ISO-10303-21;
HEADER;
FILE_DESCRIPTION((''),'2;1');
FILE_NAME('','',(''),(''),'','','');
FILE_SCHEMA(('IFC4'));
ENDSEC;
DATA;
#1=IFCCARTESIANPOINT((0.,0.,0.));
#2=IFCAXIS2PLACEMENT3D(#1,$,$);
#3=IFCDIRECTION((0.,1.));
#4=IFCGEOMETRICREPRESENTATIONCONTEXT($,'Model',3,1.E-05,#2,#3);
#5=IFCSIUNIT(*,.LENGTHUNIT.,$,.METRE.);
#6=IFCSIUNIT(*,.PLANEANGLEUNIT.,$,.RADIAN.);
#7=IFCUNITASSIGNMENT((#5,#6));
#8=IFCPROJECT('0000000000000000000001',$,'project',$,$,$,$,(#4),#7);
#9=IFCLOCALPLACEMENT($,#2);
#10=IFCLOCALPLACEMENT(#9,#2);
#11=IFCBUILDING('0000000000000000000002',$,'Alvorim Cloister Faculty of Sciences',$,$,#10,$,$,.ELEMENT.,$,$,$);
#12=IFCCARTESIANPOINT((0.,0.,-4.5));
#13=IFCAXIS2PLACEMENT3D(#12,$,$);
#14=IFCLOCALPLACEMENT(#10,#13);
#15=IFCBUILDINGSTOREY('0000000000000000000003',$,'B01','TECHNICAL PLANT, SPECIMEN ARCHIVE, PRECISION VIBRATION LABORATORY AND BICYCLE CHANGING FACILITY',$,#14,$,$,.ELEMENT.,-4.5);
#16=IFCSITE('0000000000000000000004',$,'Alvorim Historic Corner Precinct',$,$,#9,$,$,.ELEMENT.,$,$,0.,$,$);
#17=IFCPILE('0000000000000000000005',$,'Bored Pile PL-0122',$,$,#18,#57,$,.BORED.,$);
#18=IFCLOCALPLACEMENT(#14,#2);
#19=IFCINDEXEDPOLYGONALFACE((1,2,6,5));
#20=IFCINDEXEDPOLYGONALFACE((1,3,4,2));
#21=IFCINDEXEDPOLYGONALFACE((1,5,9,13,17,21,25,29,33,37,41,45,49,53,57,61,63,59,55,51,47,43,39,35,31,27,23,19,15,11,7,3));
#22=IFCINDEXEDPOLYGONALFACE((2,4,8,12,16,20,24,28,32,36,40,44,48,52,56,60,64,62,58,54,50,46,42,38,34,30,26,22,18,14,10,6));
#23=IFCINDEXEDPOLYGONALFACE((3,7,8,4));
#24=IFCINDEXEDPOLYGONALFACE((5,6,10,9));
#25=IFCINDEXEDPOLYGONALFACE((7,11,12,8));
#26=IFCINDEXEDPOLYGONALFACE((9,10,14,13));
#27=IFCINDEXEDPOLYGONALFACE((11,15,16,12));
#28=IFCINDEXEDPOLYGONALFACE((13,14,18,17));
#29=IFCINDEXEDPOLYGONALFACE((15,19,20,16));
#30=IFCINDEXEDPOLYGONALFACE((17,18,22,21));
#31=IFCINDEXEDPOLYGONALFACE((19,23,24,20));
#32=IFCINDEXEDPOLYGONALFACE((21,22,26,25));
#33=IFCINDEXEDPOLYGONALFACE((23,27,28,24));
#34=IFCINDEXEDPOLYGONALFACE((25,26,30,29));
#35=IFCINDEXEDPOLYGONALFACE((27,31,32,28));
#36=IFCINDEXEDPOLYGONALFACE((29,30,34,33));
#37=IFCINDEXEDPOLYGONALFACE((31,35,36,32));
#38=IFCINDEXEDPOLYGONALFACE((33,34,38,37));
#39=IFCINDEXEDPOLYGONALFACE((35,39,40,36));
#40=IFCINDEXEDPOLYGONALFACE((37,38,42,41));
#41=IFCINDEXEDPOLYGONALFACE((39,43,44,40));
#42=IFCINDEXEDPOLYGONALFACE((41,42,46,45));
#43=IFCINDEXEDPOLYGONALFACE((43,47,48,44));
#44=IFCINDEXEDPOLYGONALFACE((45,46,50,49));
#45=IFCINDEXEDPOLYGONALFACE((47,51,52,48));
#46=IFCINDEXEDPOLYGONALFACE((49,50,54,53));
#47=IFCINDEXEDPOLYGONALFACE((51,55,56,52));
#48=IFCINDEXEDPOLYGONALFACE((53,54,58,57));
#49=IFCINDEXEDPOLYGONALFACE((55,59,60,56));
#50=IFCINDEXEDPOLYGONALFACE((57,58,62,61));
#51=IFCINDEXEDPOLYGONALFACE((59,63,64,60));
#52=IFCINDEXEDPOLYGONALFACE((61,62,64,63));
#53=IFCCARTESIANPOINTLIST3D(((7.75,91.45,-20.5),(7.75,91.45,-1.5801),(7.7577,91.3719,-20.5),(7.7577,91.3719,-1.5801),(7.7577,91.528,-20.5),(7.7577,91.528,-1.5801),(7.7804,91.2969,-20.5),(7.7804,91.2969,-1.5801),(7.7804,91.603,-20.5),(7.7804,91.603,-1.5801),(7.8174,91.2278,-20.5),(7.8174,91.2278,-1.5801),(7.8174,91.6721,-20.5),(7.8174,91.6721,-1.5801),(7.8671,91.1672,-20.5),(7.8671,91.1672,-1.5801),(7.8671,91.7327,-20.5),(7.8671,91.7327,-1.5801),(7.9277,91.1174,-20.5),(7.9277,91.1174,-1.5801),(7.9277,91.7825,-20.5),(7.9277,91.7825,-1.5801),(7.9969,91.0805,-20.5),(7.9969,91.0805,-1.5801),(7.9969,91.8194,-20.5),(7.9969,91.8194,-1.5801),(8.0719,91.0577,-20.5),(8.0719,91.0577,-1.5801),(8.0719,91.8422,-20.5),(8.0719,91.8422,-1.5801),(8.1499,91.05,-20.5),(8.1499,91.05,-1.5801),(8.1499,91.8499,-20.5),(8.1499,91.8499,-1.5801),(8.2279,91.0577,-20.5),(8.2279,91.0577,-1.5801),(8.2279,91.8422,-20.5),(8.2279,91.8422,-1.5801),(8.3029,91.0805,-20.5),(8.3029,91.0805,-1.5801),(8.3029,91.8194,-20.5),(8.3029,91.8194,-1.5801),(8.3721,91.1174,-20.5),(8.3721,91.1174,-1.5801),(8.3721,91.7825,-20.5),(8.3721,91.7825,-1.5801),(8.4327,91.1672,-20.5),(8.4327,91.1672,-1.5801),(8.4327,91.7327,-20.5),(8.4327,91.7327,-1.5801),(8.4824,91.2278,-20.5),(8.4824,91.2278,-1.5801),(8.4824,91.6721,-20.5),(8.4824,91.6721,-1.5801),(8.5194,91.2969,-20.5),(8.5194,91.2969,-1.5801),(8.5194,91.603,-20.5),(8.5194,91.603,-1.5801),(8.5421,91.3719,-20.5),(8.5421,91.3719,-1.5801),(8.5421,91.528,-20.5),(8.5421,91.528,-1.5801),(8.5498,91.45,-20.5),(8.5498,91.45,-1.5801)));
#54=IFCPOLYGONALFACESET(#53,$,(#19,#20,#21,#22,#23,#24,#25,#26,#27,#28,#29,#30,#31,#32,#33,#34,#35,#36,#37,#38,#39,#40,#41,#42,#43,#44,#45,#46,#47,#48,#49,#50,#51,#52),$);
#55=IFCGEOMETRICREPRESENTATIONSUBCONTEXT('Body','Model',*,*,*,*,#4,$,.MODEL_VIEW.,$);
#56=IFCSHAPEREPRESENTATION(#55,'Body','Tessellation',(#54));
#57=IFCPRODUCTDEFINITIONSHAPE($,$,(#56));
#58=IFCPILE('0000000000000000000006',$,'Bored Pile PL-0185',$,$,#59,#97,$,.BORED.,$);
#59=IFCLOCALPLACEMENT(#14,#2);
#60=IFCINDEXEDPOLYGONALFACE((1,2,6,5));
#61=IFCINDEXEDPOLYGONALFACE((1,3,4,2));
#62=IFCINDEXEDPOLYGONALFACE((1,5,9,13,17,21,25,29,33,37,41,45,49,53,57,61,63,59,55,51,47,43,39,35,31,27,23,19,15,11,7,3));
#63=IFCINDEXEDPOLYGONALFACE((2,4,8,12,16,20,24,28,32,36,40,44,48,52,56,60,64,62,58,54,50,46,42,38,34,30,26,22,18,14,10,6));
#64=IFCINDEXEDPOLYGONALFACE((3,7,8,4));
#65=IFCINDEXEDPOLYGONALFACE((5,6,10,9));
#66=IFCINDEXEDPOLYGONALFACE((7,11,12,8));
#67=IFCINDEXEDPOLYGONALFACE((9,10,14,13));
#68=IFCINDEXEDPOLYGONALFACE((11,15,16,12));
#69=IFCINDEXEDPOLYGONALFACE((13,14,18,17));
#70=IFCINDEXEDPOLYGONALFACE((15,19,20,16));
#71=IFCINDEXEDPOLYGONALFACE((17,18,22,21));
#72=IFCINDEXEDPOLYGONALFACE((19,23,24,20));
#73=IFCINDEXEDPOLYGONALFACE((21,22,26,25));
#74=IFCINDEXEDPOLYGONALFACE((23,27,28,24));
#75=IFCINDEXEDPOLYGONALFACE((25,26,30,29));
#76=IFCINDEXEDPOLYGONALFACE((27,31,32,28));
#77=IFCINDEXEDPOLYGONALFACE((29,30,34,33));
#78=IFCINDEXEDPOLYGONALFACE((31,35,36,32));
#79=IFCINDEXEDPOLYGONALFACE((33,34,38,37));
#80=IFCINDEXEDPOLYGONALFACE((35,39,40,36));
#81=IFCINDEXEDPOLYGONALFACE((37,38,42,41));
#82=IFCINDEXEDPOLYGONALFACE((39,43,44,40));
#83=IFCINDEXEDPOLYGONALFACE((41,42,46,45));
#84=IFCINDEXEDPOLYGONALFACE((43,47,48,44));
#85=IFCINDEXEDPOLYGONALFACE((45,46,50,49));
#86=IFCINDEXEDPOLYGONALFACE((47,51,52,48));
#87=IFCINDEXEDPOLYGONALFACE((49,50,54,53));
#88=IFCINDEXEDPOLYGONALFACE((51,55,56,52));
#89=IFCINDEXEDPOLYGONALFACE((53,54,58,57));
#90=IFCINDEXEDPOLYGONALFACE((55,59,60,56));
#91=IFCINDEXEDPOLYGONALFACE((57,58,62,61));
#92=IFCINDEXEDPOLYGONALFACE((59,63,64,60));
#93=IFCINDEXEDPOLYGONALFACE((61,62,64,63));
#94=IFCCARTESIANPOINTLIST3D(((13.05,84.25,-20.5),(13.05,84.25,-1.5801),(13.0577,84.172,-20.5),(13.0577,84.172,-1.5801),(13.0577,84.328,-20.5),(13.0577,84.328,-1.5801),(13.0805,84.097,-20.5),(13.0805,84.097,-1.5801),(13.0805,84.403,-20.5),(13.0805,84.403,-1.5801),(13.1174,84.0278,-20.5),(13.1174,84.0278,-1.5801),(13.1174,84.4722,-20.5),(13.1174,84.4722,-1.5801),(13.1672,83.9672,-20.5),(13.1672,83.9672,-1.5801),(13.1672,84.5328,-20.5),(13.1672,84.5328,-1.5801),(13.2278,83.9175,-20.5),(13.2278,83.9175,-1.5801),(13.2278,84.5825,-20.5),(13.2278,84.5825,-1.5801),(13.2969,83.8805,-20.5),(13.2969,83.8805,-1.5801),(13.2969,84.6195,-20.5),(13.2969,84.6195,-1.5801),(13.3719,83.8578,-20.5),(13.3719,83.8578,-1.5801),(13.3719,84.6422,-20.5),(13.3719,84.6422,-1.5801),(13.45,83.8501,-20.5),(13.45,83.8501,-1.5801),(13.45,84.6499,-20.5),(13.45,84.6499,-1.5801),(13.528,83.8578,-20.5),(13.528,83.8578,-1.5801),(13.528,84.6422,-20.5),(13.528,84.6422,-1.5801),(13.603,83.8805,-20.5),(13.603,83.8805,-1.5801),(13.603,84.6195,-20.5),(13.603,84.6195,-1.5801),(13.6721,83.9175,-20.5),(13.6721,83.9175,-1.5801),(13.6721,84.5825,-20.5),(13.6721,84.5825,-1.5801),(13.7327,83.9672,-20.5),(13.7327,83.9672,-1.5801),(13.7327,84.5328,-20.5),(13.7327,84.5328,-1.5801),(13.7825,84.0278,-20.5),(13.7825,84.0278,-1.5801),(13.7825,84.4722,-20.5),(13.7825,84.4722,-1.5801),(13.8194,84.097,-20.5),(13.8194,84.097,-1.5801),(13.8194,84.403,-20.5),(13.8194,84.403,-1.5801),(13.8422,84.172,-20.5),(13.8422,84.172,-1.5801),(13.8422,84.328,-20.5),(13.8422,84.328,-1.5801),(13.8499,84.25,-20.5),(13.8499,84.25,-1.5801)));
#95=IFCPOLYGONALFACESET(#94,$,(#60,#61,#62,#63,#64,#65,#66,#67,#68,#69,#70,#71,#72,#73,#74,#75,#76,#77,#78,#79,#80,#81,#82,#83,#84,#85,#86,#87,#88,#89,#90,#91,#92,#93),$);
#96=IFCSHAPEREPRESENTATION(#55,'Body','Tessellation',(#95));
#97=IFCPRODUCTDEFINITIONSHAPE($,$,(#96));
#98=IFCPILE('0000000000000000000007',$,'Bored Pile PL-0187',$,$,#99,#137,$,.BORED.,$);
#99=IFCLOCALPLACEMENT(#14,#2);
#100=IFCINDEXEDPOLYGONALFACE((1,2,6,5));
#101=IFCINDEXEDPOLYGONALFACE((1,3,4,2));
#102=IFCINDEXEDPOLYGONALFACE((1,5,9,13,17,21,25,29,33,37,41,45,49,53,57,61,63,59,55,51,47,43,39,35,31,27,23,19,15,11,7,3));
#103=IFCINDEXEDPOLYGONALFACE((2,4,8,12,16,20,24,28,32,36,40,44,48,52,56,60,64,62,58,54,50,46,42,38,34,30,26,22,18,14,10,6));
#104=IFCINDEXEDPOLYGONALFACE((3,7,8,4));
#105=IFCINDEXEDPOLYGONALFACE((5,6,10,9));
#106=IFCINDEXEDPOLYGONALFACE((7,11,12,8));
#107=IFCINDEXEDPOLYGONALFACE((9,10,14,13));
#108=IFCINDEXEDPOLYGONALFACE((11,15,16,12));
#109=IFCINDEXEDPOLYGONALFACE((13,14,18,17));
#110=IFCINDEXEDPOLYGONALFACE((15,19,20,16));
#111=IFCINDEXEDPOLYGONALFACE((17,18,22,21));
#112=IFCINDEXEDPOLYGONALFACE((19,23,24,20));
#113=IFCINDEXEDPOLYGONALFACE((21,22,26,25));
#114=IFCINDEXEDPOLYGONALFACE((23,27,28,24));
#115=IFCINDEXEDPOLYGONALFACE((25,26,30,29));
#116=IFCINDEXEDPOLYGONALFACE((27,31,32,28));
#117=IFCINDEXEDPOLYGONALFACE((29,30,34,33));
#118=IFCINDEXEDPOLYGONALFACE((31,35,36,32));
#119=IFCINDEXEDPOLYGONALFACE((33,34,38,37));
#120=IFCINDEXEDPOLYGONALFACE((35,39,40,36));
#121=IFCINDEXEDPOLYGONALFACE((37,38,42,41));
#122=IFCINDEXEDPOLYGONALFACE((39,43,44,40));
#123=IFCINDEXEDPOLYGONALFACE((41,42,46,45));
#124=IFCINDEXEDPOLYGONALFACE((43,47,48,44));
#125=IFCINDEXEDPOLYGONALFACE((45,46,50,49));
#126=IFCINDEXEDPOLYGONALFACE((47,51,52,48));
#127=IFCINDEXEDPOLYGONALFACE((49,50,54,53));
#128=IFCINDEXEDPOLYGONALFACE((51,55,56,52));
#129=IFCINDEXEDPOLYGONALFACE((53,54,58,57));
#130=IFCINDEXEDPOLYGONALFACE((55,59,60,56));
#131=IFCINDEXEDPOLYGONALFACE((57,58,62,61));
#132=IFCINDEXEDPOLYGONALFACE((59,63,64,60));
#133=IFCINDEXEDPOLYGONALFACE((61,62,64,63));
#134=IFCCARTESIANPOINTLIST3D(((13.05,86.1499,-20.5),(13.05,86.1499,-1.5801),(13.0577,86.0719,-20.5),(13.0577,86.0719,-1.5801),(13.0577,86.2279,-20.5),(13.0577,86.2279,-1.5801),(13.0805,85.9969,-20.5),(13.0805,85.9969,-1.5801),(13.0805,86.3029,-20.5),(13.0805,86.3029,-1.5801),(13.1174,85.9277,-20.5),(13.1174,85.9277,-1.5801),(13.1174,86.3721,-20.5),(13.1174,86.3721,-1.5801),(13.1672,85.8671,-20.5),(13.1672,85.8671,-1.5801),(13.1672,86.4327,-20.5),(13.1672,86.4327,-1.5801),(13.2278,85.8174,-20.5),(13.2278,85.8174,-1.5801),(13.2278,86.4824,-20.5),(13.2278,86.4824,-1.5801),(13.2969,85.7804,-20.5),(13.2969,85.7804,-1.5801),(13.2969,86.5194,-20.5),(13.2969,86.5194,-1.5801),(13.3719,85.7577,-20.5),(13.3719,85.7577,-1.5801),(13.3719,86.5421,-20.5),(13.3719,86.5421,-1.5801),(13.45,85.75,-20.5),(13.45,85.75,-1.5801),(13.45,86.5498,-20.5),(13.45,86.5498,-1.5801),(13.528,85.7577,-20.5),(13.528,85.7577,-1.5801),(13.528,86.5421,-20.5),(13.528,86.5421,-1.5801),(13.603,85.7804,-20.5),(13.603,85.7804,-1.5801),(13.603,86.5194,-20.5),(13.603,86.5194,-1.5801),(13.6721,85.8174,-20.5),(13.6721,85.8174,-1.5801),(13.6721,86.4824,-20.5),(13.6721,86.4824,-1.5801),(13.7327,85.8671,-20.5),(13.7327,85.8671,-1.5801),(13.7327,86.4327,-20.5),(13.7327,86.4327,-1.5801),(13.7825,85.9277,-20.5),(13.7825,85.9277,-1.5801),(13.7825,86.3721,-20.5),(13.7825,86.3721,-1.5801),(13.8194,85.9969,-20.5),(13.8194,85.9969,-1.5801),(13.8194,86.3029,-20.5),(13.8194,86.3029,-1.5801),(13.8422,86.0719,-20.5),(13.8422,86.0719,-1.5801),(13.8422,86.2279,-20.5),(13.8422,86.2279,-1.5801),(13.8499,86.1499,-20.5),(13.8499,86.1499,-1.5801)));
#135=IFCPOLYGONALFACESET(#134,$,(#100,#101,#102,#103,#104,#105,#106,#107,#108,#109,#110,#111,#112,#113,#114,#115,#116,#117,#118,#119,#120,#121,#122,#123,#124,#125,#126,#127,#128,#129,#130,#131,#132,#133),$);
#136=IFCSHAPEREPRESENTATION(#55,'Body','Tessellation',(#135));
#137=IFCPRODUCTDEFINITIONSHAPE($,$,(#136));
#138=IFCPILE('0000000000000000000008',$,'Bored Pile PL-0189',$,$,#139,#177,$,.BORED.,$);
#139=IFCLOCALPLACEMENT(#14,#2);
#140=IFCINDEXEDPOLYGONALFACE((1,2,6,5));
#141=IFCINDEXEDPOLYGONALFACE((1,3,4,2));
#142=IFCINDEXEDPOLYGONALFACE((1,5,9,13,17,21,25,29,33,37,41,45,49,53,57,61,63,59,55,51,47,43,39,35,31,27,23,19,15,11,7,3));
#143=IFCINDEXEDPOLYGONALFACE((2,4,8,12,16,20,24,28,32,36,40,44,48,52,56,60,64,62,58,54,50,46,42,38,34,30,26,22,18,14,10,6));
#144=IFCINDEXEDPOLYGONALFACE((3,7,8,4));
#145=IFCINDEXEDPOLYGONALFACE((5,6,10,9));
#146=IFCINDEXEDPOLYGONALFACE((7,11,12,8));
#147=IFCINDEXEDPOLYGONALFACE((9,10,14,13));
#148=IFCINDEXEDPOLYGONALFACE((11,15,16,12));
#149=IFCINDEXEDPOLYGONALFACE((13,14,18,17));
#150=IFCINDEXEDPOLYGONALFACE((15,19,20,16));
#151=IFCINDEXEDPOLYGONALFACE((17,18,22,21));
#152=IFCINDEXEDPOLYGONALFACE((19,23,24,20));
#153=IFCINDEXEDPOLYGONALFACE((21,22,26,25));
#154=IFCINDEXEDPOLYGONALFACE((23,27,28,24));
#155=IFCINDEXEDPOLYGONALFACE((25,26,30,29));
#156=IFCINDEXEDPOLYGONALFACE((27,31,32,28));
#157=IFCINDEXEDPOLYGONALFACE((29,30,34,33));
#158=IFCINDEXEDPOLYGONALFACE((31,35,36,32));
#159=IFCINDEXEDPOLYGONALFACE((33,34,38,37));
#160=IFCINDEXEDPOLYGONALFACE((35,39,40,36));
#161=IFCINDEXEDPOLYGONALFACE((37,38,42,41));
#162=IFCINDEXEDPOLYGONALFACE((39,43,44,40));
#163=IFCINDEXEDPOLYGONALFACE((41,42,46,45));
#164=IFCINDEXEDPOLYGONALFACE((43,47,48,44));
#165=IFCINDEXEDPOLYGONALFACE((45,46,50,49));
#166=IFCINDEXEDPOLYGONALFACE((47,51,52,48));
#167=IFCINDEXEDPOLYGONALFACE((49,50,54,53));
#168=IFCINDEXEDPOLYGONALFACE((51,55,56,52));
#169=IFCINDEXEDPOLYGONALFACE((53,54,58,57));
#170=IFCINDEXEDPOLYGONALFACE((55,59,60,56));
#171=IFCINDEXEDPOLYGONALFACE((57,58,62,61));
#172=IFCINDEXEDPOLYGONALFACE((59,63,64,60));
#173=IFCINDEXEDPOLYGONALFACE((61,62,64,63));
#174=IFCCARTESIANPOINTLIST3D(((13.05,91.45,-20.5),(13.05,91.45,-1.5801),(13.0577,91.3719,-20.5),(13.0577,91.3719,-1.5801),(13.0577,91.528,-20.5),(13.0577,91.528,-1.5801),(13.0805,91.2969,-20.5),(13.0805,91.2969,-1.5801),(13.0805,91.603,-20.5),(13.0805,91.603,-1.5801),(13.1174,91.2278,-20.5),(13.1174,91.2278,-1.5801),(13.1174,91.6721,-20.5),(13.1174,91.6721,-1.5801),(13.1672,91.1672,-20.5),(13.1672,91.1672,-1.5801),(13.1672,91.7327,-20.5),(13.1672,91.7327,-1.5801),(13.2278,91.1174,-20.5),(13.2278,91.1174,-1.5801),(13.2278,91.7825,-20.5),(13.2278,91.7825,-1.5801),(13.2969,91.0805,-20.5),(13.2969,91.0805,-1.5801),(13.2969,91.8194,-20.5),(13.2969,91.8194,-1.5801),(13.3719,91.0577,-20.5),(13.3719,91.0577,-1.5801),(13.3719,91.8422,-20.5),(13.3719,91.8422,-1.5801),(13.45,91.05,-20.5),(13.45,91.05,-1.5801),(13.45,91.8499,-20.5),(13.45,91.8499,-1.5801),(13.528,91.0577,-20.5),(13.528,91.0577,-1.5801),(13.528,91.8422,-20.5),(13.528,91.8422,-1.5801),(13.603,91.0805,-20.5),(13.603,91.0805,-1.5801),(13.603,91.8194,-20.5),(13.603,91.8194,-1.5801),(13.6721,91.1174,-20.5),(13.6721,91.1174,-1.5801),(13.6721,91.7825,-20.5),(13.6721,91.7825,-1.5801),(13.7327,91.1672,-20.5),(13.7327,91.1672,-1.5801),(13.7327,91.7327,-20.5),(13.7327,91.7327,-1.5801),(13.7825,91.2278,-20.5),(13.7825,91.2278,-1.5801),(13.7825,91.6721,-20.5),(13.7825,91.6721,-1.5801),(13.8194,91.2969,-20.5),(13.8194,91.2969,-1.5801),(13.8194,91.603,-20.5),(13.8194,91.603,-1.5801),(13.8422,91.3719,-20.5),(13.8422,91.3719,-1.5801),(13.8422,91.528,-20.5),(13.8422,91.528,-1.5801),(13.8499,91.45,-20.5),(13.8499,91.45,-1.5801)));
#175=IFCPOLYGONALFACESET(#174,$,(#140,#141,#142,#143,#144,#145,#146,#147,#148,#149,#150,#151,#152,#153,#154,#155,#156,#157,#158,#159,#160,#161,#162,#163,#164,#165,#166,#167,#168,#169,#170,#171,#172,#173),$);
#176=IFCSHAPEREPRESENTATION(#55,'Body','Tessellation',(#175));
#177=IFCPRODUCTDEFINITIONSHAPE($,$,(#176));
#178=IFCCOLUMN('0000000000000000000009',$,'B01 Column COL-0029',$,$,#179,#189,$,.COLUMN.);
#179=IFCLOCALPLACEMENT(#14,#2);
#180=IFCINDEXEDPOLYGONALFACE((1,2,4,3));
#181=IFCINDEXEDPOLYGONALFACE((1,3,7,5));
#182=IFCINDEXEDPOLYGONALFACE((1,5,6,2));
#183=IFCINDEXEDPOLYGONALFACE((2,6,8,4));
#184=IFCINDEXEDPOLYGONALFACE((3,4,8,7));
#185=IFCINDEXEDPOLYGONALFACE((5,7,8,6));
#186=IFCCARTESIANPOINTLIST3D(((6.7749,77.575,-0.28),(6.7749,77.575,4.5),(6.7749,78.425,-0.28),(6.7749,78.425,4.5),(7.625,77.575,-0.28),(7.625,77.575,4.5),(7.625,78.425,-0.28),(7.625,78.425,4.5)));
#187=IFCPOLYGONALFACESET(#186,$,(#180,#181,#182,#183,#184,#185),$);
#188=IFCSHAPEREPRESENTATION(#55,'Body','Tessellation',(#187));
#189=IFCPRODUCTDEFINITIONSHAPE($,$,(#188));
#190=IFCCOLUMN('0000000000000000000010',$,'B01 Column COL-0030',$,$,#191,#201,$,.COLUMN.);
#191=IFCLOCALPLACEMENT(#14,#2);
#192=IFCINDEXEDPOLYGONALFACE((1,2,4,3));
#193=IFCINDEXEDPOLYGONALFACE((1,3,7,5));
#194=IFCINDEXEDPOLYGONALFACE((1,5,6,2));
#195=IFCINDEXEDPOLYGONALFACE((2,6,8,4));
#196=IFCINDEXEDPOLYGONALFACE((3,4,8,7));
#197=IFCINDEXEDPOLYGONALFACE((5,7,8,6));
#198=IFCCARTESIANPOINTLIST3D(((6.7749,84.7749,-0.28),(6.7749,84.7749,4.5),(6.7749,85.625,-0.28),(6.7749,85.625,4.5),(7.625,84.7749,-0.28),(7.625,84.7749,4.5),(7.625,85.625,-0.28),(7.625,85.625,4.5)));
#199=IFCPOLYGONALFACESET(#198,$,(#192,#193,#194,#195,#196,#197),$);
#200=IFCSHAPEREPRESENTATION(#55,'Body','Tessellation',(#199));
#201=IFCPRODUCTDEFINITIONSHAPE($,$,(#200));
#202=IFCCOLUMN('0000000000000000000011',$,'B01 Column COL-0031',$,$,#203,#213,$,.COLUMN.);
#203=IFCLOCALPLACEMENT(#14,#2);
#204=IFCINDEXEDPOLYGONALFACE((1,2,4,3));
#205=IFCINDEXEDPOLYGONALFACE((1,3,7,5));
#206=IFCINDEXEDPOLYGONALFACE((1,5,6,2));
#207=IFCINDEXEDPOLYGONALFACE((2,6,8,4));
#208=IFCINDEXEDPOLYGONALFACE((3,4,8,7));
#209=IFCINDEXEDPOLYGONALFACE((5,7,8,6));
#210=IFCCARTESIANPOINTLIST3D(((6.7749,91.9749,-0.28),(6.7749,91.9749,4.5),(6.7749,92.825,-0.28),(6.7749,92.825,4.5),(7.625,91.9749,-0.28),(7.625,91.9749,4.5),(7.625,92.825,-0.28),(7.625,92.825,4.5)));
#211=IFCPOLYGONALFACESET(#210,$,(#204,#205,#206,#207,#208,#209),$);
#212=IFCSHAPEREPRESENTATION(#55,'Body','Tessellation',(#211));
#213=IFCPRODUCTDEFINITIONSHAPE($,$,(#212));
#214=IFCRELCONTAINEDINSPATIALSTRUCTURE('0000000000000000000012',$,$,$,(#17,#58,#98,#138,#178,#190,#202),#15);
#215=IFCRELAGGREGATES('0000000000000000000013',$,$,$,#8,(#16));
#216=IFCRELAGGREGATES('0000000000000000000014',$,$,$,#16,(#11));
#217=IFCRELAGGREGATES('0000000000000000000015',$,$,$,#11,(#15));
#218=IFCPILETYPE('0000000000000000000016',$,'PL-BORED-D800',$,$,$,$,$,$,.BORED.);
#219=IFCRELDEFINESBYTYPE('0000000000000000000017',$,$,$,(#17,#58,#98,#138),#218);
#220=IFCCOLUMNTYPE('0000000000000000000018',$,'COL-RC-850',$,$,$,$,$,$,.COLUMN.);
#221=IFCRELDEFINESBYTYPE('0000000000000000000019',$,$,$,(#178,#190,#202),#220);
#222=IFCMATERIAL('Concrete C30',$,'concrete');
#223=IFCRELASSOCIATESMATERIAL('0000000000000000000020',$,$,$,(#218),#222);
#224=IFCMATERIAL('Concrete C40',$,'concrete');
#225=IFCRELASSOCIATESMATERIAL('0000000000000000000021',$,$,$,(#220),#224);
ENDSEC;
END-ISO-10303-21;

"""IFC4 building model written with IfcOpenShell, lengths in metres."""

from ifc_helpers import new_model, si_unit, direction, frame, origin, origin_2d, place, context, subcontext, project, spatial, rectangle, circle, extrude, material, material_profile, profile_set, type_object, element, save


model = new_model("IFC4")

# Units and contexts
model_context = context("Model", 3, precision=1e-05, world=origin(), true_north=direction((0.0, 1.0)))
body_context = subcontext(model_context, "Body", "Model", "MODEL_VIEW")
ifc_project = project(units=[si_unit("LENGTHUNIT", "METRE"), si_unit("PLANEANGLEUNIT", "RADIAN")], contexts=[model_context])

# Site, building, storey
site_placement = place(None, origin())
site = spatial("IfcSite", under=ifc_project, at=site_placement, Name="Alvorim Historic Corner Precinct", CompositionType="ELEMENT", RefElevation=0.0)
building_placement = place(site_placement, origin())
building = spatial("IfcBuilding", under=site, at=building_placement, Name="Alvorim Cloister Faculty of Sciences", CompositionType="ELEMENT")
storey_placement = place(building_placement, frame((0.0, 0.0, -4.5)))
storey = spatial("IfcBuildingStorey", under=building, at=storey_placement, Name="B01", Description="TECHNICAL PLANT, SPECIMEN ARCHIVE, PRECISION VIBRATION LABORATORY AND BICYCLE CHANGING FACILITY", CompositionType="ELEMENT", Elevation=-4.5)

# Shared definitions
ifc_material_1 = material(Name="Concrete C40", Category="concrete")

# Piles
ifc_material_2 = material(Name="Concrete C30", Category="concrete")
ifc_material_profile_1 = material_profile(ifc_material_2, circle(Radius=0.3999, at=origin_2d()), Name="PILE-D800")
ifc_profile_set_1 = profile_set([ifc_material_profile_1], Name="Concrete C30")
pile_type = type_object("IfcPileType", Name="PL-BORED-D800", PredefinedType="BORED", material=ifc_profile_set_1)
for number, where, z_axis, x_axis, name in (
    (1, (8.1499, 91.45, -1.5801), (0.0, 0.0, -1.0), (1.0, 0.0, 0.0), "Bored Pile PL-0122"),
    (2, (13.45, 84.25, -1.5801), (0.0, 0.0, -1.0), (1.0, 0.0, 0.0), "Bored Pile PL-0185"),
    (3, (13.45, 86.1499, -1.5801), (0.0, 0.0, -1.0), (1.0, 0.0, 0.0), "Bored Pile PL-0187"),
    (4, (13.45, 91.45, -1.5801), (0.0, 0.0, -1.0), (1.0, 0.0, 0.0), "Bored Pile PL-0189"),
):
    element("IfcPile", number, at=place(storey_placement, frame(where, z_axis=z_axis, x_axis=x_axis)), inside=storey, type_object=pile_type, Name=name, PredefinedType="BORED", context=body_context, shape_type="SweptSolid", body=[
        extrude(circle(Radius=0.3999, at=origin_2d()), origin(), (0.0, 0.0, 1.0), 18.9199),
    ])

# Columns
ifc_material_profile_2 = material_profile(ifc_material_1, rectangle(XDim=0.8501, YDim=0.8501, at=origin_2d()), Name="RC40-COL-850x850")
ifc_profile_set_2 = profile_set([ifc_material_profile_2], Name="Concrete C40")
column_type = type_object("IfcColumnType", Name="COL-RC-850", PredefinedType="COLUMN", material=ifc_profile_set_2)
for number, where, z_axis, x_axis, name in (
    (5, (7.2, 78.0, -0.28), (0.0, 0.0, 1.0), (1.0, 0.0, 0.0), "B01 Column COL-0029"),
    (6, (7.2, 85.2, -0.28), (0.0, 0.0, 1.0), (1.0, 0.0, 0.0), "B01 Column COL-0030"),
    (7, (7.2, 92.3999, -0.28), (0.0, 0.0, 1.0), (1.0, 0.0, 0.0), "B01 Column COL-0031"),
):
    element("IfcColumn", number, at=place(storey_placement, frame(where, z_axis=z_axis, x_axis=x_axis)), inside=storey, type_object=column_type, Name=name, PredefinedType="COLUMN", context=body_context, shape_type="SweptSolid", body=[
        extrude(rectangle(XDim=0.8501, YDim=0.8501, at=origin_2d()), origin(), (0.0, 0.0, 1.0), 4.78),
    ])

save(model, "model.ifc")
